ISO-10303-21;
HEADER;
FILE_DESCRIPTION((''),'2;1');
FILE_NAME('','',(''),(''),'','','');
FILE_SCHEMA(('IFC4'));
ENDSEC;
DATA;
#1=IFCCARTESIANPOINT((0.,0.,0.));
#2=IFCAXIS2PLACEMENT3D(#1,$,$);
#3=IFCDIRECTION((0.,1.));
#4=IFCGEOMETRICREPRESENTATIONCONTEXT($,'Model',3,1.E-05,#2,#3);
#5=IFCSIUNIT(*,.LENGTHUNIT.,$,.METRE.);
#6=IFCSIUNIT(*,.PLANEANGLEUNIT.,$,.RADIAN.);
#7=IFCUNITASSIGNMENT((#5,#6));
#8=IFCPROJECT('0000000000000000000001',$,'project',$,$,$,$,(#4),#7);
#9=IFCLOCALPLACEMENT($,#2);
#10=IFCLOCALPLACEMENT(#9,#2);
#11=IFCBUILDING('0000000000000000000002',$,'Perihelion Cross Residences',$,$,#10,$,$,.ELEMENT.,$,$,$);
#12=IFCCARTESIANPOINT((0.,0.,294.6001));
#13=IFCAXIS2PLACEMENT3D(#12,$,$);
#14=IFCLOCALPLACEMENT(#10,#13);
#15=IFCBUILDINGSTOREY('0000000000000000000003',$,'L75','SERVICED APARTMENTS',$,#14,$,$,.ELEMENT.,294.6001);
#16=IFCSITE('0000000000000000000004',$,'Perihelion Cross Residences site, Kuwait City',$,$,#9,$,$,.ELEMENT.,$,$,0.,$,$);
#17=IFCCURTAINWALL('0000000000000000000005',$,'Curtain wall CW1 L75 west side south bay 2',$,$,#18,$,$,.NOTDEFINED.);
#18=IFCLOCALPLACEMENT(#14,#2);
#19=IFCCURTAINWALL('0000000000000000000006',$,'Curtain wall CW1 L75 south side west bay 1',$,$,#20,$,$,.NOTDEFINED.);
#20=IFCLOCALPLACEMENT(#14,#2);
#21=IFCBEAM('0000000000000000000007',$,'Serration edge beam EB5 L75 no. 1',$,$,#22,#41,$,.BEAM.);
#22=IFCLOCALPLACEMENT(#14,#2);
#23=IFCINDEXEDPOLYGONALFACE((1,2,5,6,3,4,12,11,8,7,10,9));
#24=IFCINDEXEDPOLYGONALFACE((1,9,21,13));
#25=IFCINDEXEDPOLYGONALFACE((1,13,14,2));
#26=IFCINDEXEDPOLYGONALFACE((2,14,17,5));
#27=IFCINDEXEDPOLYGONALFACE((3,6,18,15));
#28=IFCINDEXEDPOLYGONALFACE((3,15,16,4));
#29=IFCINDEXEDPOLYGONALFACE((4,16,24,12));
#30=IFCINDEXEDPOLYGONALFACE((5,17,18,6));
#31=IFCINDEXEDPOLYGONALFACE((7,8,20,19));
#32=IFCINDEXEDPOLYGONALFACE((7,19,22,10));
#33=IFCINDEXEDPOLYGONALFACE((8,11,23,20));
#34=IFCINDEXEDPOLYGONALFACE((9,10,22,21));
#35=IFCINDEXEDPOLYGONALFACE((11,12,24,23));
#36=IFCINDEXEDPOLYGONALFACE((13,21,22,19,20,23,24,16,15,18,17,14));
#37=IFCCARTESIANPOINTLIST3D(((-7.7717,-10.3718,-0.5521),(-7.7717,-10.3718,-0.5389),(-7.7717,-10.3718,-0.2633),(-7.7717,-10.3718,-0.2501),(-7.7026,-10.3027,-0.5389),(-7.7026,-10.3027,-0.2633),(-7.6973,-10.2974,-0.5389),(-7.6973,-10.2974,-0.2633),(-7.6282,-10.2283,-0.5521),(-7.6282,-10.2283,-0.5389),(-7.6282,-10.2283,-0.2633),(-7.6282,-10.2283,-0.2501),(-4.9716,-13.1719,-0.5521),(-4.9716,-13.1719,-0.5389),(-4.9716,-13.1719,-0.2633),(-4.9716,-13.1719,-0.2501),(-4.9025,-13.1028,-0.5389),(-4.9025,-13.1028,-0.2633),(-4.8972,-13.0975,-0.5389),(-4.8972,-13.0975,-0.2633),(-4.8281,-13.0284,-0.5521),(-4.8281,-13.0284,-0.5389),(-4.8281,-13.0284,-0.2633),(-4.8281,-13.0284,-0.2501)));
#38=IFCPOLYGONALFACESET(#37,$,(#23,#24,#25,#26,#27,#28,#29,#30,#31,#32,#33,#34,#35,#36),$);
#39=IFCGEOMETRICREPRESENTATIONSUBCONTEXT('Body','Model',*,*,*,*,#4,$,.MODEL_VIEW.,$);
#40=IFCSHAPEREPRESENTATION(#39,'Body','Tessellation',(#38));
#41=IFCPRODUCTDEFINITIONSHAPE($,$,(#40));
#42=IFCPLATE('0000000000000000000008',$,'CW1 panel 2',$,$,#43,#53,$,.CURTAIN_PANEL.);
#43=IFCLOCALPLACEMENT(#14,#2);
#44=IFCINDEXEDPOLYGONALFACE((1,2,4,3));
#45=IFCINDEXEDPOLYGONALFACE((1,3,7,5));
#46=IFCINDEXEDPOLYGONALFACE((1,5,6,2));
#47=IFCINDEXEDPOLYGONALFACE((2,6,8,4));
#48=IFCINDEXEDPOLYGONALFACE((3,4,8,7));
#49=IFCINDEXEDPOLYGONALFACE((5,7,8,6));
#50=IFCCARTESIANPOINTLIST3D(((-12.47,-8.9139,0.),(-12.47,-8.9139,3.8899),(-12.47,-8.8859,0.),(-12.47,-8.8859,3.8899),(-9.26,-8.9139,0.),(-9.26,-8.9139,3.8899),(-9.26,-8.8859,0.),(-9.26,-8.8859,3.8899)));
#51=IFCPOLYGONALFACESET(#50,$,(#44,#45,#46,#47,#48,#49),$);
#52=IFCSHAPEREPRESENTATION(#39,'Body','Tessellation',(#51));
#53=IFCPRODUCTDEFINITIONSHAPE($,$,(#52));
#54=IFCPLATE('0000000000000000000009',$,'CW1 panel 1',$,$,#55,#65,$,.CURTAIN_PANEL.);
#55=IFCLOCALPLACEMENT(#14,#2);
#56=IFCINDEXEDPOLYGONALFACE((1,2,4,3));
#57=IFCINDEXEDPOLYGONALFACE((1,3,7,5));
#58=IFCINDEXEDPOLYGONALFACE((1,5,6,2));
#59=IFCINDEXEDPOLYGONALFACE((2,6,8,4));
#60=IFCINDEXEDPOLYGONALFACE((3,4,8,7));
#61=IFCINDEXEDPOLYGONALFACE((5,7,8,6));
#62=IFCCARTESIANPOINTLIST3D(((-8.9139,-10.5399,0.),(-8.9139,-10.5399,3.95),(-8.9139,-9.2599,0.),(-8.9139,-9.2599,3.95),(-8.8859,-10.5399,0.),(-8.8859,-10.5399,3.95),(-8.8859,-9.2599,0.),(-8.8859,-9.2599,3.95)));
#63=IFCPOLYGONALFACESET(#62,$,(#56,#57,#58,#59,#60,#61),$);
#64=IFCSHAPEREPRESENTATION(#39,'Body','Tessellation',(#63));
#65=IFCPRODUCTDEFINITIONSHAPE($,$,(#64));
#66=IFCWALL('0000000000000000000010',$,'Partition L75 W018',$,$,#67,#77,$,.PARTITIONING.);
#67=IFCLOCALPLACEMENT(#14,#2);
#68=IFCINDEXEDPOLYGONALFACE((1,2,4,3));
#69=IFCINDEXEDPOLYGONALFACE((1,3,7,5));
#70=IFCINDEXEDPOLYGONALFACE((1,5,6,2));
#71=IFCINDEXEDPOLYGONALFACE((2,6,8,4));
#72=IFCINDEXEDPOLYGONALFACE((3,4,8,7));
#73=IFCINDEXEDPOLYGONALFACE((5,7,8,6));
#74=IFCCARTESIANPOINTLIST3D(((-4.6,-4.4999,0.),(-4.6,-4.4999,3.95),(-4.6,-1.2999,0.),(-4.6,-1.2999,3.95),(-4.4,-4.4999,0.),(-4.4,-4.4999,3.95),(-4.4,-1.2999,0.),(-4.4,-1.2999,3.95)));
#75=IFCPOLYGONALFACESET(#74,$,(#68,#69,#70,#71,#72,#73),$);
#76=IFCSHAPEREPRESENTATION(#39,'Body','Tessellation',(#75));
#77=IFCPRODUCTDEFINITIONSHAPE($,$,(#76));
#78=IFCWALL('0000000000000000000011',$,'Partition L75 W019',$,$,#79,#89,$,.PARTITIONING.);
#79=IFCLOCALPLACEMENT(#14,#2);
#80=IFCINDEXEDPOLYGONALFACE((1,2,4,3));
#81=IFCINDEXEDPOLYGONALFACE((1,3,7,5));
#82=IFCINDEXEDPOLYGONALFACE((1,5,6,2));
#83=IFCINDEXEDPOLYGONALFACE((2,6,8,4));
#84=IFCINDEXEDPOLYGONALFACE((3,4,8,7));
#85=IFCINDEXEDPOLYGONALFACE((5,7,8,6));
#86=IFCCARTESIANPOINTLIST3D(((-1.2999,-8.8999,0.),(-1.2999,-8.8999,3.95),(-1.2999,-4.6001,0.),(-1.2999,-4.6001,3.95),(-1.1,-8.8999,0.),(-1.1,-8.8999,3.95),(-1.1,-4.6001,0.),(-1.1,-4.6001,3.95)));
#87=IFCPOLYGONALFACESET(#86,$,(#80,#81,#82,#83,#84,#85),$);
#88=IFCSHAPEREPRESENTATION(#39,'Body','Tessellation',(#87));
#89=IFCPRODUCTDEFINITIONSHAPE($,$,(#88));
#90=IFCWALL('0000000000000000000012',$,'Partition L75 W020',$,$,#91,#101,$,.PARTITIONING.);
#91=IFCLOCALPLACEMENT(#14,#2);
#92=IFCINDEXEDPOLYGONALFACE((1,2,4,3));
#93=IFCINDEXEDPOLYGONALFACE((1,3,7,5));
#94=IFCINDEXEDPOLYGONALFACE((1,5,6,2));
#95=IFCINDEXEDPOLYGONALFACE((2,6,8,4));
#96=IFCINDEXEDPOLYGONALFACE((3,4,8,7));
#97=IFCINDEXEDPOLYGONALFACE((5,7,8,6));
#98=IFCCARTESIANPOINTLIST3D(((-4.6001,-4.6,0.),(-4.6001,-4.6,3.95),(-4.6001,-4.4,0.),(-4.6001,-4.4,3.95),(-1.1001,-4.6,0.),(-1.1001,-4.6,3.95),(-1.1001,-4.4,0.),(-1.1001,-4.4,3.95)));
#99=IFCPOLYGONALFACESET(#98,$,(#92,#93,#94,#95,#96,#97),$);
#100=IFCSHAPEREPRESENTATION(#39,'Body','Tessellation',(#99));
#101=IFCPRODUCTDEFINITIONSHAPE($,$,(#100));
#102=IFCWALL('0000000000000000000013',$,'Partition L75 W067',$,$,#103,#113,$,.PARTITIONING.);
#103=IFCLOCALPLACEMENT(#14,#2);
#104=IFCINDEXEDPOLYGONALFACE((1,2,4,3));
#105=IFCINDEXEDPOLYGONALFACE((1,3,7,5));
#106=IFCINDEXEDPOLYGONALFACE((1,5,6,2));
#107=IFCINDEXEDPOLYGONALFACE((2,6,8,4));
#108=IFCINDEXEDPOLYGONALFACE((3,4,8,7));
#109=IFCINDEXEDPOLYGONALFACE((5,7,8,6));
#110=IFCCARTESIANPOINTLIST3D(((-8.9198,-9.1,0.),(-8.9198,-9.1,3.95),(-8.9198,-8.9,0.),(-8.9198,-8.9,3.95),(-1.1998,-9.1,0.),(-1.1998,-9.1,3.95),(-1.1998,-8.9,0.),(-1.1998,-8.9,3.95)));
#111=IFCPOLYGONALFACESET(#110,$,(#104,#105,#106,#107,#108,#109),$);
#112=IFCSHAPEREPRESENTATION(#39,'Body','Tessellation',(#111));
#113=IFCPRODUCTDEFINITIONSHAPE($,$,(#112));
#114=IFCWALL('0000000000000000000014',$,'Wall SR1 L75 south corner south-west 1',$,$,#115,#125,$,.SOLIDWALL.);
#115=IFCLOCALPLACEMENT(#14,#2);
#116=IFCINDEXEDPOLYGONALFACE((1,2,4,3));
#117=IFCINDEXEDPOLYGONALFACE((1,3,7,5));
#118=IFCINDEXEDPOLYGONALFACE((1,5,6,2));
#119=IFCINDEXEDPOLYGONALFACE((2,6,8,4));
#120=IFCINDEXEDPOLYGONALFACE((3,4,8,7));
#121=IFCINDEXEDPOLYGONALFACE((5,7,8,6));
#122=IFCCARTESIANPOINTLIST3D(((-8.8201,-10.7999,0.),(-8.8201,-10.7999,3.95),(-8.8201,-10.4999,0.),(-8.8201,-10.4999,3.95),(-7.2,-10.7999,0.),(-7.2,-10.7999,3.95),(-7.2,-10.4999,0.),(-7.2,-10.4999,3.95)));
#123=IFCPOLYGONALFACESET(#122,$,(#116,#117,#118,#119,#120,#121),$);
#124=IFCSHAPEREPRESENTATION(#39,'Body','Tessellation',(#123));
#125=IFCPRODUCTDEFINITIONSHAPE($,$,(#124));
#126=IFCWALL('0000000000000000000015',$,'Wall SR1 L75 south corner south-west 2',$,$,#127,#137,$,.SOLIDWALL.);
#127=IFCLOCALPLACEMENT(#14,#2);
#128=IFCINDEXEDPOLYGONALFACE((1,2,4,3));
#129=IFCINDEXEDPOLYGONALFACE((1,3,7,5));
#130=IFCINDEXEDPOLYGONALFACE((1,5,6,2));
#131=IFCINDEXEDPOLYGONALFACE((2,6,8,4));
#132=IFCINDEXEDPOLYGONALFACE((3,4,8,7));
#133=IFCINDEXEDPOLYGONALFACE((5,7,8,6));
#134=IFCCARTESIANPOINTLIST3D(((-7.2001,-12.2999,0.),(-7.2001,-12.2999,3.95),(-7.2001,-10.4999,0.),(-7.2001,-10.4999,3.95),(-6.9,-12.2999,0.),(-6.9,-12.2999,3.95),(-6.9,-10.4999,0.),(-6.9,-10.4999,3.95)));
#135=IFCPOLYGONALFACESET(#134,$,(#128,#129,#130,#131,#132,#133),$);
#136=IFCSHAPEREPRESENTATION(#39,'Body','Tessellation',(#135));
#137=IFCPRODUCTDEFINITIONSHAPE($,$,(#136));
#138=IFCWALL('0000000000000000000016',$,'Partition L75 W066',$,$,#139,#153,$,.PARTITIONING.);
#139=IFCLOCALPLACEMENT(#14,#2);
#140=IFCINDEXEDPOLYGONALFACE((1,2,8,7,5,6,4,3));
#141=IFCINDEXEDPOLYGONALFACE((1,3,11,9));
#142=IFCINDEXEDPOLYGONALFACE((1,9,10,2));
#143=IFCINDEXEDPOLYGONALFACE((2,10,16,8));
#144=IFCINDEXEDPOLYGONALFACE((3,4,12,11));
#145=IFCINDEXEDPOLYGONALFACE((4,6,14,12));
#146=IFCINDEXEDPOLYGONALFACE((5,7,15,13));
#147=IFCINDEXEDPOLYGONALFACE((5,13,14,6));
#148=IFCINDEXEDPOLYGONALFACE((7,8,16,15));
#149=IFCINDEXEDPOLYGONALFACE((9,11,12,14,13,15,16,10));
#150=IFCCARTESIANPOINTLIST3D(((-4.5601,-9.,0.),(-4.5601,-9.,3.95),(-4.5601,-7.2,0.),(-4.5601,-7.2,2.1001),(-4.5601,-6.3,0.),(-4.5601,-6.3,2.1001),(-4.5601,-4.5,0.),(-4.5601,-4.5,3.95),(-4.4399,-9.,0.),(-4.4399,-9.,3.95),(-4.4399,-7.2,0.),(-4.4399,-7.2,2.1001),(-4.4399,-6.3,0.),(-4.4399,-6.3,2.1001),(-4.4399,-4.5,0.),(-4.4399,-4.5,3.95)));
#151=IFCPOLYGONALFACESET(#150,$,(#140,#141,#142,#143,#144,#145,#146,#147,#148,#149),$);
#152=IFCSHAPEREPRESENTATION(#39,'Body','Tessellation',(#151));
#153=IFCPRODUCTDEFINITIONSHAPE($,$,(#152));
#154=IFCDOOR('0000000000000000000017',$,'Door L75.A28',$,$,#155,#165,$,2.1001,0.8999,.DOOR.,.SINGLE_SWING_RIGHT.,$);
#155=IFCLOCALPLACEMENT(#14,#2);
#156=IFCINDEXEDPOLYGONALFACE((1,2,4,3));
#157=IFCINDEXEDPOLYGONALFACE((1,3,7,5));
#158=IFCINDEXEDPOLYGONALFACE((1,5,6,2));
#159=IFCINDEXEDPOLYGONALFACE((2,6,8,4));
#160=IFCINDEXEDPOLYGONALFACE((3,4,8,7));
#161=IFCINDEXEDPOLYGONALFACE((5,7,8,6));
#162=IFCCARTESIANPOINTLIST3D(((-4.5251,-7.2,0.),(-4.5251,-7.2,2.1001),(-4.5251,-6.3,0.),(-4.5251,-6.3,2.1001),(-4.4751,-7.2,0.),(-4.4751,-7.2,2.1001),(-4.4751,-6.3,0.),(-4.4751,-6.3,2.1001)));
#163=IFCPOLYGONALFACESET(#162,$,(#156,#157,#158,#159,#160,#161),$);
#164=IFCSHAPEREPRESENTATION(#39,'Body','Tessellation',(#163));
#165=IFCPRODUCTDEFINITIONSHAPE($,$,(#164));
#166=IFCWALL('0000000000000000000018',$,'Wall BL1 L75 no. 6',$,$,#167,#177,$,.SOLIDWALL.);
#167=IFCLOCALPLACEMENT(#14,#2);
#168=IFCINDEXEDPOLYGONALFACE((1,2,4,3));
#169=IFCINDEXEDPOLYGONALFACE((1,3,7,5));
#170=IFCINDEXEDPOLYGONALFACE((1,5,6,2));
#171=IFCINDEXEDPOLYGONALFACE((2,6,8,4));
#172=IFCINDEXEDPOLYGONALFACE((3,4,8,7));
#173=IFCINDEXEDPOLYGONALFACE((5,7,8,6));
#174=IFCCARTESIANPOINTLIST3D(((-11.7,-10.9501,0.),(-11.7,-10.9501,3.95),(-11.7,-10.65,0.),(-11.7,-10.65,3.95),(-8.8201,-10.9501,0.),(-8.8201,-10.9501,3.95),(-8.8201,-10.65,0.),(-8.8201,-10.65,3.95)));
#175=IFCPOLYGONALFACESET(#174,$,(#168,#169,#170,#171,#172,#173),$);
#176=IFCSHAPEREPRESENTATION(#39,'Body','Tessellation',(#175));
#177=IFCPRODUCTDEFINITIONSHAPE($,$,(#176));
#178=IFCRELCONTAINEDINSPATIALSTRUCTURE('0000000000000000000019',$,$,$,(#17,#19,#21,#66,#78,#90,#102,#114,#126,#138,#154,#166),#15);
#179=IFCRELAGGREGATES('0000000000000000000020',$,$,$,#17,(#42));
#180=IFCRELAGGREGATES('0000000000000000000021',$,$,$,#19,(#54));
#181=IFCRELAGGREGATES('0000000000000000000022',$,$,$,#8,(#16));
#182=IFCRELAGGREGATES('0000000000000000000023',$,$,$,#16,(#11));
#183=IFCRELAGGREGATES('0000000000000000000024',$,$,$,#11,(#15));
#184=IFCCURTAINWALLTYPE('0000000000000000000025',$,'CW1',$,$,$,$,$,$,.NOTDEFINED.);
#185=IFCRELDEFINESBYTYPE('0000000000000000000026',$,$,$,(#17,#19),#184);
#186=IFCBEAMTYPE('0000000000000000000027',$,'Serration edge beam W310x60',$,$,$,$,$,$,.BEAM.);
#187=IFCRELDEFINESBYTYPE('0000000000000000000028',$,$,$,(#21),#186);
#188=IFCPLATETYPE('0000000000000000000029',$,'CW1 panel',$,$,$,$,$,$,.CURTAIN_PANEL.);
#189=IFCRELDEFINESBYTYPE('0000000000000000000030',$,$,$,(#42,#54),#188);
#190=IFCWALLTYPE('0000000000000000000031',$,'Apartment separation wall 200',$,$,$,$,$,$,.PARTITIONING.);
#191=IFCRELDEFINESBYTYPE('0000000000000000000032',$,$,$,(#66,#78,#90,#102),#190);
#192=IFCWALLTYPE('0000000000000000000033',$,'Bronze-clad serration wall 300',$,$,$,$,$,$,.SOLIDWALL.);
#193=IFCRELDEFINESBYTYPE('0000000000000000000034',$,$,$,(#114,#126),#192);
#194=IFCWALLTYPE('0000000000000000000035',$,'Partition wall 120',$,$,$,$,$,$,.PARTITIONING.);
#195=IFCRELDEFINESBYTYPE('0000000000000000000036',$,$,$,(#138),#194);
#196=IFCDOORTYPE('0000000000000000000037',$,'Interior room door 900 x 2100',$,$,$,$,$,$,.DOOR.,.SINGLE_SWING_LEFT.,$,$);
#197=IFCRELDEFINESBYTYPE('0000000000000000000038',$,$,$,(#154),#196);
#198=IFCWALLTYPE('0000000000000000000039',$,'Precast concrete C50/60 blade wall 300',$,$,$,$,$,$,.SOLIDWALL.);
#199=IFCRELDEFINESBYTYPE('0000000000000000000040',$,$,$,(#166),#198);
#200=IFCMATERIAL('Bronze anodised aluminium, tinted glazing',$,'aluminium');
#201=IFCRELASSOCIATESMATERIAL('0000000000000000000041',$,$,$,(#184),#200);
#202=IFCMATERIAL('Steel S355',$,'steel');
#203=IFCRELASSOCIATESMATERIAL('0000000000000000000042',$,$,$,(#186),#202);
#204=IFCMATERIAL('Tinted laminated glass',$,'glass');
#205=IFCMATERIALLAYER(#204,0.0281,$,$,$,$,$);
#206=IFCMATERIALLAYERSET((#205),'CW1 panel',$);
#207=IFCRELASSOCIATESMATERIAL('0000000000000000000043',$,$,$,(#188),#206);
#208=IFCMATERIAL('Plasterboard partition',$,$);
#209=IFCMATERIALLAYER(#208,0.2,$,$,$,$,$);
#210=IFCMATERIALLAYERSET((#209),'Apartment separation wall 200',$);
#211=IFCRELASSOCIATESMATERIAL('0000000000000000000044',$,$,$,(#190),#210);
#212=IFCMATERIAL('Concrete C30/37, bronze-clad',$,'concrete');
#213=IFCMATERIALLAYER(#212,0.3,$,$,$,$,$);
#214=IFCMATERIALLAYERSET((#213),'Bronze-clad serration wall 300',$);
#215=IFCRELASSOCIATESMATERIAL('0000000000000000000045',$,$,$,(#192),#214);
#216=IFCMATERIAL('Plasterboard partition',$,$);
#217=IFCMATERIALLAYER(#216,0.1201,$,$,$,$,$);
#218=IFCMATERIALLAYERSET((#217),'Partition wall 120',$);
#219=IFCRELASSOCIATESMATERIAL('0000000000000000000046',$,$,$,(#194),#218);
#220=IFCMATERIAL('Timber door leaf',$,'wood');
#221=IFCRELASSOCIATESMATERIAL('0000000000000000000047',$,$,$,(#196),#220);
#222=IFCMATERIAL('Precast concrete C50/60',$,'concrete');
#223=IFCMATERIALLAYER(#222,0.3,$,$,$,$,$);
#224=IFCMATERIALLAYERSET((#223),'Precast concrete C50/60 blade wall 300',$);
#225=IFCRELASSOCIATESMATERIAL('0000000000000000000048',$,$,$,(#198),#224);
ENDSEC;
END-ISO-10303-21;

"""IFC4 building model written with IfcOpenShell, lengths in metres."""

from ifc_helpers import new_model, si_unit, direction, frame, frame_2d, origin, origin_2d, place, context, subcontext, project, spatial, rectangle, i_section, extrude, material, layer, layer_set, material_profile, profile_set, type_object, element, fill, aggregate, save


model = new_model("IFC4")

# Units and contexts
model_context = context("Model", 3, precision=1e-05, world=origin(), true_north=direction((0.0, 1.0)))
body_context = subcontext(model_context, "Body", "Model", "MODEL_VIEW")
ifc_project = project(units=[si_unit("LENGTHUNIT", "METRE"), si_unit("PLANEANGLEUNIT", "RADIAN")], contexts=[model_context])

# Site, building, storey
site_placement = place(None, origin())
site = spatial("IfcSite", under=ifc_project, at=site_placement, Name="Perihelion Cross Residences site, Kuwait City", CompositionType="ELEMENT", RefElevation=0.0)
building_placement = place(site_placement, origin())
building = spatial("IfcBuilding", under=site, at=building_placement, Name="Perihelion Cross Residences", CompositionType="ELEMENT")
storey_placement = place(building_placement, frame((0.0, 0.0, 294.6001)))
storey = spatial("IfcBuildingStorey", under=building, at=storey_placement, Name="L75", Description="SERVICED APARTMENTS", CompositionType="ELEMENT", Elevation=294.6001)

# Curtain wall
ifc_material_1 = material(Name="Bronze anodised aluminium, tinted glazing", Category="aluminium")
curtain_wall_type = type_object("IfcCurtainWallType", Name="CW1", PredefinedType="NOTDEFINED", material=ifc_material_1)
curtain_wall_1_placement = place(storey_placement, origin())
curtain_wall_1 = element("IfcCurtainWall", 1, at=curtain_wall_1_placement, inside=storey, type_object=curtain_wall_type, Name="Curtain wall CW1 L75 west side south bay 2", PredefinedType="NOTDEFINED")

# Curtain wall
curtain_wall_2_placement = place(storey_placement, origin())
curtain_wall_2 = element("IfcCurtainWall", 2, at=curtain_wall_2_placement, inside=storey, type_object=curtain_wall_type, Name="Curtain wall CW1 L75 south side west bay 1", PredefinedType="NOTDEFINED")

# Beam
ifc_material_2 = material(Name="Steel S355", Category="steel")
ifc_material_profile_1 = material_profile(ifc_material_2, i_section(OverallWidth=0.2029, OverallDepth=0.302, WebThickness=0.0076, FlangeThickness=0.0132, at=origin_2d()), Name="W310x60")
ifc_profile_set_1 = profile_set([ifc_material_profile_1], Name="Steel S355")
beam_type_1 = type_object("IfcBeamType", Name="Serration edge beam W310x60", PredefinedType="BEAM", material=ifc_profile_set_1)
beam_1_placement = place(storey_placement, frame((-7.7, -10.3, -0.4011), z_axis=(0.707107, -0.707107, 0.0), x_axis=(0.707107, 0.707107, 0.0)))
element("IfcBeam", 3, at=beam_1_placement, inside=storey, type_object=beam_type_1, Name="Serration edge beam EB5 L75 no. 1", PredefinedType="BEAM", context=body_context, shape_type="SweptSolid", body=[
    extrude(i_section(OverallWidth=0.2029, OverallDepth=0.302, WebThickness=0.0076, FlangeThickness=0.0132, at=origin_2d()), origin(), (0.0, 0.0, 1.0), 3.96),
])

# Plates
ifc_material_3 = material(Name="Tinted laminated glass", Category="glass")
ifc_layer_1 = layer(ifc_material_3, 0.0281)
ifc_layer_set_1 = layer_set([ifc_layer_1], Name="CW1 panel")
plate_type = type_object("IfcPlateType", Name="CW1 panel", PredefinedType="CURTAIN_PANEL", material=ifc_layer_set_1)
plate_1_placement = place(storey_placement, frame((-10.865, -8.8999, 0.0), z_axis=(0.0, 0.0, 1.0), x_axis=(1.0, 0.0, 0.0)))
plate_1 = element("IfcPlate", 4, at=plate_1_placement, type_object=plate_type, Name="CW1 panel 2", PredefinedType="CURTAIN_PANEL", context=body_context, shape_type="SweptSolid", body=[
    extrude(rectangle(XDim=3.21, YDim=0.0281, at=origin_2d()), origin(), (0.0, 0.0, 1.0), 3.8899),
])
aggregate(curtain_wall_1, [plate_1])
plate_2_placement = place(storey_placement, frame((-8.8999, -9.8999, 0.0), z_axis=(0.0, 0.0, 1.0), x_axis=(0.0, -1.0, 0.0)))
plate_2 = element("IfcPlate", 5, at=plate_2_placement, type_object=plate_type, Name="CW1 panel 1", PredefinedType="CURTAIN_PANEL", context=body_context, shape_type="SweptSolid", body=[
    extrude(rectangle(XDim=1.28, YDim=0.0281, at=origin_2d()), origin(), (0.0, 0.0, 1.0), 3.95),
])
aggregate(curtain_wall_2, [plate_2])

# Walls
ifc_material_4 = material(Name="Plasterboard partition")
ifc_layer_2 = layer(ifc_material_4, 0.2)
ifc_layer_set_2 = layer_set([ifc_layer_2], Name="Apartment separation wall 200")
wall_type_1 = type_object("IfcWallType", Name="Apartment separation wall 200", PredefinedType="PARTITIONING", material=ifc_layer_set_2)
wall_1_placement = place(storey_placement, frame((-4.5, -4.5, 0.0), z_axis=(0.0, 0.0, 1.0), x_axis=(0.0, 1.0, 0.0)))
element("IfcWall", 6, at=wall_1_placement, inside=storey, type_object=wall_type_1, Name="Partition L75 W018", PredefinedType="PARTITIONING", context=body_context, shape_type="SweptSolid", body=[
    extrude(rectangle(XDim=3.2, YDim=0.2, at=frame_2d((1.6001, 0.0))), origin(), (0.0, 0.0, 1.0), 3.95),
])
wall_2_placement = place(storey_placement, frame((-1.2, -8.8999, 0.0), z_axis=(0.0, 0.0, 1.0), x_axis=(0.0, 1.0, 0.0)))
element("IfcWall", 7, at=wall_2_placement, inside=storey, type_object=wall_type_1, Name="Partition L75 W019", PredefinedType="PARTITIONING", context=body_context, shape_type="SweptSolid", body=[
    extrude(rectangle(XDim=4.2998, YDim=0.2, at=frame_2d((2.1499, 0.0))), origin(), (0.0, 0.0, 1.0), 3.95),
])
wall_3_placement = place(storey_placement, frame((-1.1001, -4.5, 0.0), z_axis=(0.0, 0.0, 1.0), x_axis=(-1.0, 0.0, 0.0)))
element("IfcWall", 8, at=wall_3_placement, inside=storey, type_object=wall_type_1, Name="Partition L75 W020", PredefinedType="PARTITIONING", context=body_context, shape_type="SweptSolid", body=[
    extrude(rectangle(XDim=3.5, YDim=0.2, at=frame_2d((1.75, 0.0))), origin(), (0.0, 0.0, 1.0), 3.95),
])
wall_4_placement = place(storey_placement, frame((-1.2, -9.0, 0.0), z_axis=(0.0, 0.0, 1.0), x_axis=(-1.0, 0.0, 0.0)))
element("IfcWall", 9, at=wall_4_placement, inside=storey, type_object=wall_type_1, Name="Partition L75 W067", PredefinedType="PARTITIONING", context=body_context, shape_type="SweptSolid", body=[
    extrude(rectangle(XDim=7.72, YDim=0.2, at=frame_2d((3.8599, 0.0))), origin(), (0.0, 0.0, 1.0), 3.95),
])
ifc_material_5 = material(Name="Concrete C30/37, bronze-clad", Category="concrete")
ifc_layer_3 = layer(ifc_material_5, 0.3)
ifc_layer_set_3 = layer_set([ifc_layer_3], Name="Bronze-clad serration wall 300")
wall_type_2 = type_object("IfcWallType", Name="Bronze-clad serration wall 300", PredefinedType="SOLIDWALL", material=ifc_layer_set_3)
wall_5_placement = place(storey_placement, frame((-8.8201, -10.6499, 0.0), z_axis=(0.0, 0.0, 1.0), x_axis=(1.0, 0.0, 0.0)))
element("IfcWall", 10, at=wall_5_placement, inside=storey, type_object=wall_type_2, Name="Wall SR1 L75 south corner south-west 1", PredefinedType="SOLIDWALL", context=body_context, shape_type="SweptSolid", body=[
    extrude(rectangle(XDim=1.6201, YDim=0.3, at=frame_2d((0.8101, 0.0))), origin(), (0.0, 0.0, 1.0), 3.95),
])
wall_6_placement = place(storey_placement, frame((-7.05, -10.5, 0.0), z_axis=(0.0, 0.0, 1.0), x_axis=(0.0, -1.0, 0.0)))
element("IfcWall", 11, at=wall_6_placement, inside=storey, type_object=wall_type_2, Name="Wall SR1 L75 south corner south-west 2", PredefinedType="SOLIDWALL", context=body_context, shape_type="SweptSolid", body=[
    extrude(rectangle(XDim=1.8, YDim=0.3, at=frame_2d((0.8999, 0.0))), origin(), (0.0, 0.0, 1.0), 3.95),
])

# Wall, opening, door
ifc_material_6 = material(Name="Plasterboard partition")
ifc_layer_4 = layer(ifc_material_6, 0.1201)
ifc_layer_set_4 = layer_set([ifc_layer_4], Name="Partition wall 120")
wall_type_3 = type_object("IfcWallType", Name="Partition wall 120", PredefinedType="PARTITIONING", material=ifc_layer_set_4)
wall_7_placement = place(storey_placement, frame((-4.5, -4.5, 0.0), z_axis=(0.0, 0.0, 1.0), x_axis=(0.0, -1.0, 0.0)))
wall_7 = element("IfcWall", 12, at=wall_7_placement, inside=storey, type_object=wall_type_3, Name="Partition L75 W066", PredefinedType="PARTITIONING", context=body_context, shape_type="SweptSolid", body=[
    extrude(rectangle(XDim=4.5, YDim=0.1201, at=frame_2d((2.25, 0.0))), origin(), (0.0, 0.0, 1.0), 3.95),
])
opening_placement = place(wall_7_placement, frame((1.8, 0.0, 0.0)))
opening = element("IfcOpeningElement", 13, at=opening_placement, cuts=wall_7, PredefinedType="OPENING", context=body_context, shape_type="SweptSolid", body=[
    extrude(rectangle(XDim=0.8999, YDim=2.1001, at=frame_2d((0.45, 1.05))), frame((0.0, 0.0701, 0.0), z_axis=(0.0, -1.0, 0.0), x_axis=(1.0, 0.0, 0.0)), (0.0, 0.0, 1.0), 0.1401),
])
ifc_material_7 = material(Name="Timber door leaf", Category="wood")
door_type = type_object("IfcDoorType", Name="Interior room door 900 x 2100", OperationType="SINGLE_SWING_LEFT", PredefinedType="DOOR", material=ifc_material_7)
door_placement = place(opening_placement, origin())
door = element("IfcDoor", 14, at=door_placement, inside=storey, type_object=door_type, Name="Door L75.A28", OperationType="SINGLE_SWING_RIGHT", OverallHeight=2.1001, OverallWidth=0.8999, PredefinedType="DOOR", context=body_context, shape_type="SweptSolid", body=[
    extrude(rectangle(XDim=0.8999, YDim=2.1001, at=frame_2d((0.45, 1.05))), frame((0.0, 0.0249, 0.0), z_axis=(0.0, -1.0, 0.0), x_axis=(1.0, 0.0, 0.0)), (0.0, 0.0, 1.0), 0.05),
])
fill(opening, door)

# Wall
ifc_material_8 = material(Name="Precast concrete C50/60", Category="concrete")
ifc_layer_5 = layer(ifc_material_8, 0.3)
ifc_layer_set_5 = layer_set([ifc_layer_5], Name="Precast concrete C50/60 blade wall 300")
wall_type_4 = type_object("IfcWallType", Name="Precast concrete C50/60 blade wall 300", PredefinedType="SOLIDWALL", material=ifc_layer_set_5)
wall_8_placement = place(storey_placement, frame((-8.8201, -10.8, 0.0), z_axis=(0.0, 0.0, 1.0), x_axis=(-1.0, 0.0, 0.0)))
element("IfcWall", 15, at=wall_8_placement, inside=storey, type_object=wall_type_4, Name="Wall BL1 L75 no. 6", PredefinedType="SOLIDWALL", context=body_context, shape_type="SweptSolid", body=[
    extrude(rectangle(XDim=2.8799, YDim=0.3, at=frame_2d((1.4399, 0.0))), origin(), (0.0, 0.0, 1.0), 3.95),
])

save(model, "model.ifc")
